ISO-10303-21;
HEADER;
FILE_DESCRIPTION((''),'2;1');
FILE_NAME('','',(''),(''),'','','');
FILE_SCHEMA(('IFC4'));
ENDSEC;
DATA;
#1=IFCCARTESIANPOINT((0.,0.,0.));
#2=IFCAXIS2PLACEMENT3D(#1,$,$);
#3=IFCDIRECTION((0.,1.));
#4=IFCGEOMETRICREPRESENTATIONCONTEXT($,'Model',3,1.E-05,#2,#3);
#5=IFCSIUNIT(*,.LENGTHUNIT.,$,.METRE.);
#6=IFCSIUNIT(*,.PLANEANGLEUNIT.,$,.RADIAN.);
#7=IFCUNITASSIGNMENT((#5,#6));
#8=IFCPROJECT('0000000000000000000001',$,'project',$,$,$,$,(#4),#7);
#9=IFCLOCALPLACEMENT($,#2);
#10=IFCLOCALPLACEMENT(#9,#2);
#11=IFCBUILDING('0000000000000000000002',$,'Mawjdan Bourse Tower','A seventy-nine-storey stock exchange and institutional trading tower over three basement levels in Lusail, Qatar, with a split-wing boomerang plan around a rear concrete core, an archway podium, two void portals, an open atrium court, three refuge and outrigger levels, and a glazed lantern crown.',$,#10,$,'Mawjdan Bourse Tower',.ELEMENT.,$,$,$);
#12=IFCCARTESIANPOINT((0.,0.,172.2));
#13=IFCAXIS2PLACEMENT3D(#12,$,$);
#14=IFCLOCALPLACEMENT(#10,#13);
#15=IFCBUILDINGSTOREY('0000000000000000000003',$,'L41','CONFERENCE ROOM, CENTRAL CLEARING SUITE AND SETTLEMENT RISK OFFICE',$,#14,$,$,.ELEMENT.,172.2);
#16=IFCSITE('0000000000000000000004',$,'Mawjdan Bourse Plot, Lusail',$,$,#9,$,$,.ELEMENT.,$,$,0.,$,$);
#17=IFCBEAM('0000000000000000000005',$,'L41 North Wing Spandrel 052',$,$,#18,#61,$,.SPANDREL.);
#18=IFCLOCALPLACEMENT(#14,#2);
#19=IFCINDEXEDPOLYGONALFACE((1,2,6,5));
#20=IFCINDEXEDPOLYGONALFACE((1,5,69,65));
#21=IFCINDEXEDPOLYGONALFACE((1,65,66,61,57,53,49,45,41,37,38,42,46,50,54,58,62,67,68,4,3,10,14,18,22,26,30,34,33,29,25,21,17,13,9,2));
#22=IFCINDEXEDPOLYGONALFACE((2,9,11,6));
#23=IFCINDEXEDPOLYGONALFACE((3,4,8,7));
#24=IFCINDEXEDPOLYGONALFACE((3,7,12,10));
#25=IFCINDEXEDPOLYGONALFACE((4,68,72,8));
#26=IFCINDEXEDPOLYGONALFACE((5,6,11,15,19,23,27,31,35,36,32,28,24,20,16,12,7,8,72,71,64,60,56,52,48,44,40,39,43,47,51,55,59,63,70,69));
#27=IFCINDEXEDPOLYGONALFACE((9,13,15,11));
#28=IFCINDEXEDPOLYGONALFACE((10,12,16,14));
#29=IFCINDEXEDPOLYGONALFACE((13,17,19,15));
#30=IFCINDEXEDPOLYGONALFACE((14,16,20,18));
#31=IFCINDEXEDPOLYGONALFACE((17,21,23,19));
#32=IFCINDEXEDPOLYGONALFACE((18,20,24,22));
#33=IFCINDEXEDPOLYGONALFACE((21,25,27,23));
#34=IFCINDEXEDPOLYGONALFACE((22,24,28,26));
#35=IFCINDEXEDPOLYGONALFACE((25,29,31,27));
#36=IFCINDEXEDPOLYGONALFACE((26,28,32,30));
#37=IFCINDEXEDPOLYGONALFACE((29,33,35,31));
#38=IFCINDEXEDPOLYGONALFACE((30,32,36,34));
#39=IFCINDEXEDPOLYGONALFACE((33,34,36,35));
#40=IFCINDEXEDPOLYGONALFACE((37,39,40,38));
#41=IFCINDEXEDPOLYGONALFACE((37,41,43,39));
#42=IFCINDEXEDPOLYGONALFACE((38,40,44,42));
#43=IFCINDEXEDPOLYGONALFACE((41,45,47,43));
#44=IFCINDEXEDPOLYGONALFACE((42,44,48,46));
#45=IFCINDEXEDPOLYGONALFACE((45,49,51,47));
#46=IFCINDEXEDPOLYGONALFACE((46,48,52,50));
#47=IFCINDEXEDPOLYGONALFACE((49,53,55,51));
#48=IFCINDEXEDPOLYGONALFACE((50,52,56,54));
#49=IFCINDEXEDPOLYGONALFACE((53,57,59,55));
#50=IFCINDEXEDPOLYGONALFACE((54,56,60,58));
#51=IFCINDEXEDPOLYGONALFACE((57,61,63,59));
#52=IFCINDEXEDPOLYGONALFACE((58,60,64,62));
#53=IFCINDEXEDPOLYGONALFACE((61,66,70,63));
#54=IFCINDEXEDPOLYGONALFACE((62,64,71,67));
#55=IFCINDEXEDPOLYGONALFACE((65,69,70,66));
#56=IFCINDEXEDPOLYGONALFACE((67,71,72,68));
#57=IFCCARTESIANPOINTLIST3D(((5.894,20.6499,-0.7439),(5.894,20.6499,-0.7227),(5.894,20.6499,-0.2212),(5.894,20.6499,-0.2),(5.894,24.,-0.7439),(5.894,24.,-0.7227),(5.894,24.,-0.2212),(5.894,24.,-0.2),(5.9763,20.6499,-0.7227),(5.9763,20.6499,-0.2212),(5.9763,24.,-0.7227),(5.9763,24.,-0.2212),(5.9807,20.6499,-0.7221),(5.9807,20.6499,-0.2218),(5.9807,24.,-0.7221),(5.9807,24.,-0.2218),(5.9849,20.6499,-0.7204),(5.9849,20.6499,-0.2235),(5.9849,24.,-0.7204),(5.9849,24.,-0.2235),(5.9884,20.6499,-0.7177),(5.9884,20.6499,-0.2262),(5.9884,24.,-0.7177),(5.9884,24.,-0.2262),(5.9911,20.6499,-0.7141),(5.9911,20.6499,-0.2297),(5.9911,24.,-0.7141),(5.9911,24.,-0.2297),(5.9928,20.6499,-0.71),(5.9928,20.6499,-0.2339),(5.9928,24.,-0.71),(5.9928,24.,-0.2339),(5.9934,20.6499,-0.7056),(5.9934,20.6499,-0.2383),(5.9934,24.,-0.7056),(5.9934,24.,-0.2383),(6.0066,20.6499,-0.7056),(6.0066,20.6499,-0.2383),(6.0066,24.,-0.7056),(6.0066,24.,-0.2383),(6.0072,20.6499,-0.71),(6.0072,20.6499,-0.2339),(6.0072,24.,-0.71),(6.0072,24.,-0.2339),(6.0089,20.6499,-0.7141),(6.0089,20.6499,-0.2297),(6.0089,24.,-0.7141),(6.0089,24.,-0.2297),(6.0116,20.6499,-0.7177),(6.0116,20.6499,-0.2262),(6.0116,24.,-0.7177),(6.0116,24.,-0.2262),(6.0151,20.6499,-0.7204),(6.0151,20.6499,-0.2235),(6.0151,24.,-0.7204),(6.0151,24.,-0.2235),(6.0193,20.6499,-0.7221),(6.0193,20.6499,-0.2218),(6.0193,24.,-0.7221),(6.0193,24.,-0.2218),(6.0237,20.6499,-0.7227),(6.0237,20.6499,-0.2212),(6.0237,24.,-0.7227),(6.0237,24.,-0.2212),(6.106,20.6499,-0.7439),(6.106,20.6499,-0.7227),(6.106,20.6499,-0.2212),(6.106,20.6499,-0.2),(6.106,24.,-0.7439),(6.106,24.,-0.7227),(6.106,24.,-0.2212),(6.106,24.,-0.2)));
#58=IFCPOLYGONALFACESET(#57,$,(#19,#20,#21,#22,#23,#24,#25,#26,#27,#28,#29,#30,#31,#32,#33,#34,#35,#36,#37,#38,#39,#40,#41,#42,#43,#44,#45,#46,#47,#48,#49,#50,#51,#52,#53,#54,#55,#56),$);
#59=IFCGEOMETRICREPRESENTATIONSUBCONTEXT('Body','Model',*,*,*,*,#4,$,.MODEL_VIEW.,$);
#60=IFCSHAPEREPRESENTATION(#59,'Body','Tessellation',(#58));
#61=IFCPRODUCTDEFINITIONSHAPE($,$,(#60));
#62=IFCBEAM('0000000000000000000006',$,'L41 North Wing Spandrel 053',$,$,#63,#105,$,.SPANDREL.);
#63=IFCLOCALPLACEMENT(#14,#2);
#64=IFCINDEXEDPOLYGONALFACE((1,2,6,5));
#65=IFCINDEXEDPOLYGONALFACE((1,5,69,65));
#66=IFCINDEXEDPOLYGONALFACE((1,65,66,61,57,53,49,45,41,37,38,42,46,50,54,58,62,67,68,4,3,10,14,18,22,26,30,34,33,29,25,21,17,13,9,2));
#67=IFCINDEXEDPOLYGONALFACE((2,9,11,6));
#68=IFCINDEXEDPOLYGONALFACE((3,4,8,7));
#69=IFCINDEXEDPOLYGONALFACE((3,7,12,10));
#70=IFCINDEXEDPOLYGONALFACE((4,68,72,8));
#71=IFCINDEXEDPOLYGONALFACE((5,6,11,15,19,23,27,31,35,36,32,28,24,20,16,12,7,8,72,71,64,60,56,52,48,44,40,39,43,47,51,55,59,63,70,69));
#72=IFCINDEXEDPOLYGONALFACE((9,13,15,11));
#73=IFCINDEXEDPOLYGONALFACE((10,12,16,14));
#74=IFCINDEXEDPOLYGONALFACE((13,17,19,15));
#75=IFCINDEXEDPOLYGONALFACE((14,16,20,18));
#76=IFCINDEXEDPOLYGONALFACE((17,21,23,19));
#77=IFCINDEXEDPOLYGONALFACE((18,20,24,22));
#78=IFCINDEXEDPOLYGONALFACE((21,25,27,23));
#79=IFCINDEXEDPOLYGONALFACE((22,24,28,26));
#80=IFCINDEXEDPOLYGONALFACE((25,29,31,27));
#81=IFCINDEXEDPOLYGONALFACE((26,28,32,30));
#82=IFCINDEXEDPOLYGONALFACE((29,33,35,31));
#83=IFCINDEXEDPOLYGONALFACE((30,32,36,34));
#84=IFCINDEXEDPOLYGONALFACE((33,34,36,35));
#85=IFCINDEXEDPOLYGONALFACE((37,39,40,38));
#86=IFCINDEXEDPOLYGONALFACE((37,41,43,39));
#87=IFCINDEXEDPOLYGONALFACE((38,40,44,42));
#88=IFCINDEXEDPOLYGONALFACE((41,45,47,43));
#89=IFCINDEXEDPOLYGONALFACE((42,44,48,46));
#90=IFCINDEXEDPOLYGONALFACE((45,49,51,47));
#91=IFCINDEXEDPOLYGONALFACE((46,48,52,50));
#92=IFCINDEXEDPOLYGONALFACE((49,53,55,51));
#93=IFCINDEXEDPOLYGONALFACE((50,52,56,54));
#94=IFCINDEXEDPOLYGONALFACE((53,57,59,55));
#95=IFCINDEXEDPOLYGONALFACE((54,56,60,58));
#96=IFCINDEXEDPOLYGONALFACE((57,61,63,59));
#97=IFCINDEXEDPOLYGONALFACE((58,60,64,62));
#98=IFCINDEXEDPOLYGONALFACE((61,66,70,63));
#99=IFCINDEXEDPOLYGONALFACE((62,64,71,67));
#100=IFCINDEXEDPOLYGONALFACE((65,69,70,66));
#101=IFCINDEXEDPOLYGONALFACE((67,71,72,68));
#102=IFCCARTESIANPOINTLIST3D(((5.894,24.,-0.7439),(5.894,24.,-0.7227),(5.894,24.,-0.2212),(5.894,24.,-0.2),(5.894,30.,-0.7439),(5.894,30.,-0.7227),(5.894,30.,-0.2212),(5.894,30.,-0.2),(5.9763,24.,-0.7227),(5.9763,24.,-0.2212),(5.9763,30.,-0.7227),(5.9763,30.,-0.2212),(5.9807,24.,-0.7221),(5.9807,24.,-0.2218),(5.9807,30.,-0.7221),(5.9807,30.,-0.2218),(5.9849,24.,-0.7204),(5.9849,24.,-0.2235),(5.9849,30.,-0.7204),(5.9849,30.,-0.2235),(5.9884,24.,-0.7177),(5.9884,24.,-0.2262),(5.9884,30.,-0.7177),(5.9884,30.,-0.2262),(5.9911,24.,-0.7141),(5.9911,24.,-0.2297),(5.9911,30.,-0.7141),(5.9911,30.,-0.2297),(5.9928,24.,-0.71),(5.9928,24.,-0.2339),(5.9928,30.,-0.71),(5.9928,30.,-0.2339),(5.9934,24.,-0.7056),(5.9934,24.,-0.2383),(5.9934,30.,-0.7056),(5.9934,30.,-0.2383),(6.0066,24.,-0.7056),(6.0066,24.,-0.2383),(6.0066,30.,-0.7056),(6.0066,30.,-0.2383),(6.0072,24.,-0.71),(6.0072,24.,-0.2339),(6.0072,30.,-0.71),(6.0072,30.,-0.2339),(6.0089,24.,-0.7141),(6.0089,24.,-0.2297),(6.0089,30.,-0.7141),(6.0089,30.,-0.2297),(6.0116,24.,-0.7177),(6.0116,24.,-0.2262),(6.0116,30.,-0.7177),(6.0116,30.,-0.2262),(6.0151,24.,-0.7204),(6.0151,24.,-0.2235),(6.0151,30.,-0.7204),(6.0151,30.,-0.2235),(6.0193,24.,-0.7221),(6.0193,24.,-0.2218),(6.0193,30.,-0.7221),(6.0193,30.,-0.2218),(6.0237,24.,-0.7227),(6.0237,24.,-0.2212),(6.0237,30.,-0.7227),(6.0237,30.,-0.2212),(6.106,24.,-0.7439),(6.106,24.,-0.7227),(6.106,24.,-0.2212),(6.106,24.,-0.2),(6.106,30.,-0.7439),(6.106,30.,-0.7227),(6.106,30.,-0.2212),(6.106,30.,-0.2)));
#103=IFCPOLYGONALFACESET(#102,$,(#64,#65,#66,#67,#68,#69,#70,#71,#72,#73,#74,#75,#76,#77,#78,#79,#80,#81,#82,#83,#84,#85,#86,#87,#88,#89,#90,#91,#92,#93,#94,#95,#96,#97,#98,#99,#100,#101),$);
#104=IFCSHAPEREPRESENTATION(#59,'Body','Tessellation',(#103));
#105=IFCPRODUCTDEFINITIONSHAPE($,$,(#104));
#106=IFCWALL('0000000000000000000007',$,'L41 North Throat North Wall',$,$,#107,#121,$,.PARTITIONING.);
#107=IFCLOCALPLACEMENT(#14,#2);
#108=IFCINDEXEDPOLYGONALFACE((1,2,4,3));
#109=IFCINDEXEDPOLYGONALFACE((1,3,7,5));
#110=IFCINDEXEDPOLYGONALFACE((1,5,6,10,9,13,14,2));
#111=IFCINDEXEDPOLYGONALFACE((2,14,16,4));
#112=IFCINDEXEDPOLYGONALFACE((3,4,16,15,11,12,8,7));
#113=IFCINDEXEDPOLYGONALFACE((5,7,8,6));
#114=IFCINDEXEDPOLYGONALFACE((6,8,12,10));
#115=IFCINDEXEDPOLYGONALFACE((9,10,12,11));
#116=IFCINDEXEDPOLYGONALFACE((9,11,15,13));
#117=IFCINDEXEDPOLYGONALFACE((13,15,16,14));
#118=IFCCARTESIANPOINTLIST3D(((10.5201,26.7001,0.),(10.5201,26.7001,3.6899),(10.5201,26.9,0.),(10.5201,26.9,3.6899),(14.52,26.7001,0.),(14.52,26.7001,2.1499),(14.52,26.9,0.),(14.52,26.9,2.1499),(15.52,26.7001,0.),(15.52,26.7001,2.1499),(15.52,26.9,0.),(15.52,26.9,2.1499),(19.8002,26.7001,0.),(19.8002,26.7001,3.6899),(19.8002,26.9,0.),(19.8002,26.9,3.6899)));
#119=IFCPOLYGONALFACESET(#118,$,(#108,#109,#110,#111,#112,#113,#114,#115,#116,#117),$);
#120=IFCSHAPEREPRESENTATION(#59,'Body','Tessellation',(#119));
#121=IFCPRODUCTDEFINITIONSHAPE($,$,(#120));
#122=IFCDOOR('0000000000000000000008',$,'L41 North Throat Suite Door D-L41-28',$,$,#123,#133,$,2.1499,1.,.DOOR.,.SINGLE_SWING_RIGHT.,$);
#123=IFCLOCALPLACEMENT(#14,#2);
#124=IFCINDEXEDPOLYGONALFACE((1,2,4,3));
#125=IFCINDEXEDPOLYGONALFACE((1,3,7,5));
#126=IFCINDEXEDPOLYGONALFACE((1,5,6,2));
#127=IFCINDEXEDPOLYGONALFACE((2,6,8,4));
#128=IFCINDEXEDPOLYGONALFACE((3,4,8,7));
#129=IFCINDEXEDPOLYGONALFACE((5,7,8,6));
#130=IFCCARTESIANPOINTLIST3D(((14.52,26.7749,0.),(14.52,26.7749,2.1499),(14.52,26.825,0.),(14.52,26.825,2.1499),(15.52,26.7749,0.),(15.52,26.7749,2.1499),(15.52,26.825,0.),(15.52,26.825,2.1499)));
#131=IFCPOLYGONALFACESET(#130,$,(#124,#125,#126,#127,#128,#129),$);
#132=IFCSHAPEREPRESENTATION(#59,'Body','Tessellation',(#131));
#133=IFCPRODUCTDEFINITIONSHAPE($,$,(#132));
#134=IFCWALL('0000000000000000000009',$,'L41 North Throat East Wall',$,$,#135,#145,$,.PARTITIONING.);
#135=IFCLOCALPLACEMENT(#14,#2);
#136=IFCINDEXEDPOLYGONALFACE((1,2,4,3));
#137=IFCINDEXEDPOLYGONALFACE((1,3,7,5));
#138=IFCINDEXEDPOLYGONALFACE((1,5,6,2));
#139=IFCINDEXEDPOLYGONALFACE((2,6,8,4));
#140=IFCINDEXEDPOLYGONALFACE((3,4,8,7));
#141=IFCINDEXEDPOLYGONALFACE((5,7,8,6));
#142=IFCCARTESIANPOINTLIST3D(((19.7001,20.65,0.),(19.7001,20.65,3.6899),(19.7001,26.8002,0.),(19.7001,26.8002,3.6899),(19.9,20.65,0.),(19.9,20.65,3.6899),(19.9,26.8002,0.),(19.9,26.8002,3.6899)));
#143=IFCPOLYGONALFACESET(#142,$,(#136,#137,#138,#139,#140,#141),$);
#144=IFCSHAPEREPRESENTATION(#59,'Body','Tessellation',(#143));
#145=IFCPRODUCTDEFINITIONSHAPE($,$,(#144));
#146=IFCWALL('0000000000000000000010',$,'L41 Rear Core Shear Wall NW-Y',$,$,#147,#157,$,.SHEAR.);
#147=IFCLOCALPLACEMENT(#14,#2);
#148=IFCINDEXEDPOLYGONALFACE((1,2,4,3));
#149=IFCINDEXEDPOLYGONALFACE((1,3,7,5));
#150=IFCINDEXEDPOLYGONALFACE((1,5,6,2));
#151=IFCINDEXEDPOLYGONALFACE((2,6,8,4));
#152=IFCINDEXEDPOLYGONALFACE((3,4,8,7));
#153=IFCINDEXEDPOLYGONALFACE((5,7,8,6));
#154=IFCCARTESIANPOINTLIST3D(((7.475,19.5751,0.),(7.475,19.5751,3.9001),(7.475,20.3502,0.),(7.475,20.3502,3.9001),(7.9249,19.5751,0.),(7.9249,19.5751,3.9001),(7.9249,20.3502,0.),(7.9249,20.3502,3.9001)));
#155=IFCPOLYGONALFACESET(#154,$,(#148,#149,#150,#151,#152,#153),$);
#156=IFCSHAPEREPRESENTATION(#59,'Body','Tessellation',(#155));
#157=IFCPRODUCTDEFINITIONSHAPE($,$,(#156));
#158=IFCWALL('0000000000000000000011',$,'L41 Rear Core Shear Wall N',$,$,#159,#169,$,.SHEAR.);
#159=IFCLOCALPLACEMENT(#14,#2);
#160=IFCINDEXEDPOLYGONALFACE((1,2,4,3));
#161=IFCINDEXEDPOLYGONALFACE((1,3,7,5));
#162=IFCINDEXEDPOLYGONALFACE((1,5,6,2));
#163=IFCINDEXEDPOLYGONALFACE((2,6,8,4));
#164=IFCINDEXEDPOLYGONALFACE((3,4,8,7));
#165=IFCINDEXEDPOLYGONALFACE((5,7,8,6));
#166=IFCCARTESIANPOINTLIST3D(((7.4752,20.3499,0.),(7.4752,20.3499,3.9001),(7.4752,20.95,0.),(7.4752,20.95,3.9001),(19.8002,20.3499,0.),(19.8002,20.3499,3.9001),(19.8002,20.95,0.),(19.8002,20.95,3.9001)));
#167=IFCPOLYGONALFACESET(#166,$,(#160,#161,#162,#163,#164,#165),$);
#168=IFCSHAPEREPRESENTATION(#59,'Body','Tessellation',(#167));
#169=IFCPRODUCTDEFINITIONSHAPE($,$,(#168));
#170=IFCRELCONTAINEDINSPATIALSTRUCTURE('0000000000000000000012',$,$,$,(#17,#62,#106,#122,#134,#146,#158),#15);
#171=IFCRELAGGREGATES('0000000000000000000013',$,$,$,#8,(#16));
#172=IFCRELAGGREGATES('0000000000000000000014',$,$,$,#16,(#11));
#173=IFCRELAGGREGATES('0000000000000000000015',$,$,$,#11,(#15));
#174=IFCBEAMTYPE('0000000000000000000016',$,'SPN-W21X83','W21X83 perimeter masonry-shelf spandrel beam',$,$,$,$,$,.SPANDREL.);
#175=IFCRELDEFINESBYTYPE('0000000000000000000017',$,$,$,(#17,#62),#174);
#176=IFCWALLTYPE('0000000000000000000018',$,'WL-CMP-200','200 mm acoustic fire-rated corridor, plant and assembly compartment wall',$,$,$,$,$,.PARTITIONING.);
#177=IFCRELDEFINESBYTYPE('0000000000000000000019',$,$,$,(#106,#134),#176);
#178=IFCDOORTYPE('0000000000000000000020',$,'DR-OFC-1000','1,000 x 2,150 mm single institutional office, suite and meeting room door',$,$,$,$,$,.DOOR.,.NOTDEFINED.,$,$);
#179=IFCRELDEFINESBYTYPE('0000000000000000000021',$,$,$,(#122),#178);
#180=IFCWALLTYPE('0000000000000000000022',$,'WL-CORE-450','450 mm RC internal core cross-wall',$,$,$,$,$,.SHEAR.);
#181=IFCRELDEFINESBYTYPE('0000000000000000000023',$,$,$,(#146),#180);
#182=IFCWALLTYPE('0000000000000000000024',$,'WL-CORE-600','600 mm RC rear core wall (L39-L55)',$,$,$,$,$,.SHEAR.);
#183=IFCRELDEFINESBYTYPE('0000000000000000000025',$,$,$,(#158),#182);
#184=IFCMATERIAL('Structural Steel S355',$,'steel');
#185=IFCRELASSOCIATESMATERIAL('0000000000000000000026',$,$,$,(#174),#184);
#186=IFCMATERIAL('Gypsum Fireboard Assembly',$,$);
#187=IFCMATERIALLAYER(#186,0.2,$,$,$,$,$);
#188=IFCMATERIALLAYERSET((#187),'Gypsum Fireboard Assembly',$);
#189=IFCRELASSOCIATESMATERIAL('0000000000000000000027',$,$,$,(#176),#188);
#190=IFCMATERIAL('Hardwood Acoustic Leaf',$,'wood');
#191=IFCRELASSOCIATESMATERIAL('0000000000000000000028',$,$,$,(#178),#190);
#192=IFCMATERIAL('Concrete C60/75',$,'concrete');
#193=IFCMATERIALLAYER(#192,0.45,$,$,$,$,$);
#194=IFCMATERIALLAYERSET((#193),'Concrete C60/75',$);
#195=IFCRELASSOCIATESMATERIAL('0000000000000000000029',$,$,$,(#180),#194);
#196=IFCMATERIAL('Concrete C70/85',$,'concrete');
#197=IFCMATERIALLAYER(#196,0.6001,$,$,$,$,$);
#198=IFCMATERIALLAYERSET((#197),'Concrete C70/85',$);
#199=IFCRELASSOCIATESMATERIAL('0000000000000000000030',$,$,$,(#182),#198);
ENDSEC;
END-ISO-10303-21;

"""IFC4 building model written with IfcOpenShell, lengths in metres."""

from ifc_helpers import new_model, si_unit, direction, frame, frame_2d, origin, origin_2d, place, context, subcontext, project, spatial, rectangle, i_section, extrude, material, layer, layer_set, material_profile, profile_set, type_object, element, fill, save


model = new_model("IFC4")

# Units and contexts
model_context = context("Model", 3, precision=1e-05, world=origin(), true_north=direction((0.0, 1.0)))
body_context = subcontext(model_context, "Body", "Model", "MODEL_VIEW")
ifc_project = project(units=[si_unit("LENGTHUNIT", "METRE"), si_unit("PLANEANGLEUNIT", "RADIAN")], contexts=[model_context])

# Site, building, storey
site_placement = place(None, origin())
site = spatial("IfcSite", under=ifc_project, at=site_placement, Name="Mawjdan Bourse Plot, Lusail", CompositionType="ELEMENT", RefElevation=0.0)
building_placement = place(site_placement, origin())
building = spatial("IfcBuilding", under=site, at=building_placement, Name="Mawjdan Bourse Tower", Description="A seventy-nine-storey stock exchange and institutional trading tower over three basement levels in Lusail, Qatar, with a split-wing boomerang plan around a rear concrete core, an archway podium, two void portals, an open atrium court, three refuge and outrigger levels, and a glazed lantern crown.", LongName="Mawjdan Bourse Tower", CompositionType="ELEMENT")
storey_placement = place(building_placement, frame((0.0, 0.0, 172.2)))
storey = spatial("IfcBuildingStorey", under=building, at=storey_placement, Name="L41", Description="CONFERENCE ROOM, CENTRAL CLEARING SUITE AND SETTLEMENT RISK OFFICE", CompositionType="ELEMENT", Elevation=172.2)

# Shared definitions
ifc_material_1 = material(Name="Concrete C70/85", Category="concrete")

# Beams
ifc_material_2 = material(Name="Structural Steel S355", Category="steel")
ifc_material_profile_1 = material_profile(ifc_material_2, i_section(OverallWidth=0.2119, OverallDepth=0.5439, WebThickness=0.0132, FlangeThickness=0.0212, FilletRadius=0.0171, at=origin_2d()), Name="W21X83")
ifc_profile_set_1 = profile_set([ifc_material_profile_1], Name="Structural Steel S355")
beam_type_1 = type_object("IfcBeamType", Name="SPN-W21X83", Description="W21X83 perimeter masonry-shelf spandrel beam", PredefinedType="SPANDREL", material=ifc_profile_set_1)
beam_1_placement = place(storey_placement, frame((6.0, 20.6499, -0.4719), z_axis=(0.0, 1.0, 0.0), x_axis=(-1.0, 0.0, 0.0)))
element("IfcBeam", 1, at=beam_1_placement, inside=storey, type_object=beam_type_1, Name="L41 North Wing Spandrel 052", PredefinedType="SPANDREL", context=body_context, shape_type="SweptSolid", body=[
    extrude(i_section(OverallWidth=0.2119, OverallDepth=0.5439, WebThickness=0.0132, FlangeThickness=0.0212, FilletRadius=0.0171, at=origin_2d()), origin(), (0.0, 0.0, 1.0), 3.3501),
])
beam_2_placement = place(storey_placement, frame((6.0, 24.0, -0.4719), z_axis=(0.0, 1.0, 0.0), x_axis=(-1.0, 0.0, 0.0)))
element("IfcBeam", 2, at=beam_2_placement, inside=storey, type_object=beam_type_1, Name="L41 North Wing Spandrel 053", PredefinedType="SPANDREL", context=body_context, shape_type="SweptSolid", body=[
    extrude(i_section(OverallWidth=0.2119, OverallDepth=0.5439, WebThickness=0.0132, FlangeThickness=0.0212, FilletRadius=0.0171, at=origin_2d()), origin(), (0.0, 0.0, 1.0), 6.0),
])

# Wall, opening, door
ifc_material_3 = material(Name="Gypsum Fireboard Assembly")
ifc_layer_1 = layer(ifc_material_3, 0.2)
ifc_layer_set_1 = layer_set([ifc_layer_1], Name="Gypsum Fireboard Assembly")
wall_type_1 = type_object("IfcWallType", Name="WL-CMP-200", Description="200 mm acoustic fire-rated corridor, plant and assembly compartment wall", PredefinedType="PARTITIONING", material=ifc_layer_set_1)
wall_1_placement = place(storey_placement, frame((10.52, 26.8, 0.0), z_axis=(0.0, 0.0, 1.0), x_axis=(1.0, 0.0, 0.0)))
wall_1 = element("IfcWall", 3, at=wall_1_placement, inside=storey, type_object=wall_type_1, Name="L41 North Throat North Wall", PredefinedType="PARTITIONING", context=body_context, shape_type="SweptSolid", body=[
    extrude(rectangle(XDim=9.28, YDim=0.2, at=frame_2d((4.6401, 0.0))), origin(), (0.0, 0.0, 1.0), 3.6899),
])
opening_1_placement = place(wall_1_placement, frame((4.0, 0.0, 0.0)))
opening_1 = element("IfcOpeningElement", 4, at=opening_1_placement, cuts=wall_1, PredefinedType="OPENING", context=body_context, shape_type="SweptSolid", body=[
    extrude(rectangle(XDim=1.0, YDim=2.1499, at=frame_2d((0.5, 1.075))), frame((0.0, 0.1099, 0.0), z_axis=(0.0, -1.0, 0.0), x_axis=(1.0, 0.0, 0.0)), (0.0, 0.0, 1.0), 0.22),
])
ifc_material_4 = material(Name="Hardwood Acoustic Leaf", Category="wood")
door_type_1 = type_object("IfcDoorType", Name="DR-OFC-1000", Description="1,000 x 2,150 mm single institutional office, suite and meeting room door", OperationType="NOTDEFINED", PredefinedType="DOOR", material=ifc_material_4)
door_1_placement = place(opening_1_placement, origin())
door_1 = element("IfcDoor", 5, at=door_1_placement, inside=storey, type_object=door_type_1, Name="L41 North Throat Suite Door D-L41-28", OperationType="SINGLE_SWING_RIGHT", OverallHeight=2.1499, OverallWidth=1.0, PredefinedType="DOOR", context=body_context, shape_type="SweptSolid", body=[
    extrude(rectangle(XDim=1.0, YDim=2.1499, at=frame_2d((0.5, 1.075))), frame((0.0, 0.0249, 0.0), z_axis=(0.0, -1.0, 0.0), x_axis=(1.0, 0.0, 0.0)), (0.0, 0.0, 1.0), 0.05),
])
fill(opening_1, door_1)

# Walls
wall_2_placement = place(storey_placement, frame((19.8, 20.6499, 0.0), z_axis=(0.0, 0.0, 1.0), x_axis=(0.0, 1.0, 0.0)))
element("IfcWall", 6, at=wall_2_placement, inside=storey, type_object=wall_type_1, Name="L41 North Throat East Wall", PredefinedType="PARTITIONING", context=body_context, shape_type="SweptSolid", body=[
    extrude(rectangle(XDim=6.1501, YDim=0.2, at=frame_2d((3.0752, 0.0))), origin(), (0.0, 0.0, 1.0), 3.6899),
])
ifc_material_5 = material(Name="Concrete C60/75", Category="concrete")
ifc_layer_2 = layer(ifc_material_5, 0.45)
ifc_layer_set_2 = layer_set([ifc_layer_2], Name="Concrete C60/75")
wall_type_2 = type_object("IfcWallType", Name="WL-CORE-450", Description="450 mm RC internal core cross-wall", PredefinedType="SHEAR", material=ifc_layer_set_2)
wall_3_placement = place(storey_placement, frame((7.7, 19.575, 0.0), z_axis=(0.0, 0.0, 1.0), x_axis=(0.0, 1.0, 0.0)))
element("IfcWall", 7, at=wall_3_placement, inside=storey, type_object=wall_type_2, Name="L41 Rear Core Shear Wall NW-Y", PredefinedType="SHEAR", context=body_context, shape_type="SweptSolid", body=[
    extrude(rectangle(XDim=0.7751, YDim=0.45, at=frame_2d((0.3877, 0.0))), origin(), (0.0, 0.0, 1.0), 3.9001),
])
ifc_layer_3 = layer(ifc_material_1, 0.6001)
ifc_layer_set_3 = layer_set([ifc_layer_3], Name="Concrete C70/85")
wall_type_3 = type_object("IfcWallType", Name="WL-CORE-600", Description="600 mm RC rear core wall (L39-L55)", PredefinedType="SHEAR", material=ifc_layer_set_3)
wall_4_placement = place(storey_placement, frame((7.4751, 20.6499, 0.0), z_axis=(0.0, 0.0, 1.0), x_axis=(1.0, 0.0, 0.0)))
element("IfcWall", 8, at=wall_4_placement, inside=storey, type_object=wall_type_3, Name="L41 Rear Core Shear Wall N", PredefinedType="SHEAR", context=body_context, shape_type="SweptSolid", body=[
    extrude(rectangle(XDim=12.325, YDim=0.6001, at=frame_2d((6.1626, 0.0))), origin(), (0.0, 0.0, 1.0), 3.9001),
])

save(model, "model.ifc")
